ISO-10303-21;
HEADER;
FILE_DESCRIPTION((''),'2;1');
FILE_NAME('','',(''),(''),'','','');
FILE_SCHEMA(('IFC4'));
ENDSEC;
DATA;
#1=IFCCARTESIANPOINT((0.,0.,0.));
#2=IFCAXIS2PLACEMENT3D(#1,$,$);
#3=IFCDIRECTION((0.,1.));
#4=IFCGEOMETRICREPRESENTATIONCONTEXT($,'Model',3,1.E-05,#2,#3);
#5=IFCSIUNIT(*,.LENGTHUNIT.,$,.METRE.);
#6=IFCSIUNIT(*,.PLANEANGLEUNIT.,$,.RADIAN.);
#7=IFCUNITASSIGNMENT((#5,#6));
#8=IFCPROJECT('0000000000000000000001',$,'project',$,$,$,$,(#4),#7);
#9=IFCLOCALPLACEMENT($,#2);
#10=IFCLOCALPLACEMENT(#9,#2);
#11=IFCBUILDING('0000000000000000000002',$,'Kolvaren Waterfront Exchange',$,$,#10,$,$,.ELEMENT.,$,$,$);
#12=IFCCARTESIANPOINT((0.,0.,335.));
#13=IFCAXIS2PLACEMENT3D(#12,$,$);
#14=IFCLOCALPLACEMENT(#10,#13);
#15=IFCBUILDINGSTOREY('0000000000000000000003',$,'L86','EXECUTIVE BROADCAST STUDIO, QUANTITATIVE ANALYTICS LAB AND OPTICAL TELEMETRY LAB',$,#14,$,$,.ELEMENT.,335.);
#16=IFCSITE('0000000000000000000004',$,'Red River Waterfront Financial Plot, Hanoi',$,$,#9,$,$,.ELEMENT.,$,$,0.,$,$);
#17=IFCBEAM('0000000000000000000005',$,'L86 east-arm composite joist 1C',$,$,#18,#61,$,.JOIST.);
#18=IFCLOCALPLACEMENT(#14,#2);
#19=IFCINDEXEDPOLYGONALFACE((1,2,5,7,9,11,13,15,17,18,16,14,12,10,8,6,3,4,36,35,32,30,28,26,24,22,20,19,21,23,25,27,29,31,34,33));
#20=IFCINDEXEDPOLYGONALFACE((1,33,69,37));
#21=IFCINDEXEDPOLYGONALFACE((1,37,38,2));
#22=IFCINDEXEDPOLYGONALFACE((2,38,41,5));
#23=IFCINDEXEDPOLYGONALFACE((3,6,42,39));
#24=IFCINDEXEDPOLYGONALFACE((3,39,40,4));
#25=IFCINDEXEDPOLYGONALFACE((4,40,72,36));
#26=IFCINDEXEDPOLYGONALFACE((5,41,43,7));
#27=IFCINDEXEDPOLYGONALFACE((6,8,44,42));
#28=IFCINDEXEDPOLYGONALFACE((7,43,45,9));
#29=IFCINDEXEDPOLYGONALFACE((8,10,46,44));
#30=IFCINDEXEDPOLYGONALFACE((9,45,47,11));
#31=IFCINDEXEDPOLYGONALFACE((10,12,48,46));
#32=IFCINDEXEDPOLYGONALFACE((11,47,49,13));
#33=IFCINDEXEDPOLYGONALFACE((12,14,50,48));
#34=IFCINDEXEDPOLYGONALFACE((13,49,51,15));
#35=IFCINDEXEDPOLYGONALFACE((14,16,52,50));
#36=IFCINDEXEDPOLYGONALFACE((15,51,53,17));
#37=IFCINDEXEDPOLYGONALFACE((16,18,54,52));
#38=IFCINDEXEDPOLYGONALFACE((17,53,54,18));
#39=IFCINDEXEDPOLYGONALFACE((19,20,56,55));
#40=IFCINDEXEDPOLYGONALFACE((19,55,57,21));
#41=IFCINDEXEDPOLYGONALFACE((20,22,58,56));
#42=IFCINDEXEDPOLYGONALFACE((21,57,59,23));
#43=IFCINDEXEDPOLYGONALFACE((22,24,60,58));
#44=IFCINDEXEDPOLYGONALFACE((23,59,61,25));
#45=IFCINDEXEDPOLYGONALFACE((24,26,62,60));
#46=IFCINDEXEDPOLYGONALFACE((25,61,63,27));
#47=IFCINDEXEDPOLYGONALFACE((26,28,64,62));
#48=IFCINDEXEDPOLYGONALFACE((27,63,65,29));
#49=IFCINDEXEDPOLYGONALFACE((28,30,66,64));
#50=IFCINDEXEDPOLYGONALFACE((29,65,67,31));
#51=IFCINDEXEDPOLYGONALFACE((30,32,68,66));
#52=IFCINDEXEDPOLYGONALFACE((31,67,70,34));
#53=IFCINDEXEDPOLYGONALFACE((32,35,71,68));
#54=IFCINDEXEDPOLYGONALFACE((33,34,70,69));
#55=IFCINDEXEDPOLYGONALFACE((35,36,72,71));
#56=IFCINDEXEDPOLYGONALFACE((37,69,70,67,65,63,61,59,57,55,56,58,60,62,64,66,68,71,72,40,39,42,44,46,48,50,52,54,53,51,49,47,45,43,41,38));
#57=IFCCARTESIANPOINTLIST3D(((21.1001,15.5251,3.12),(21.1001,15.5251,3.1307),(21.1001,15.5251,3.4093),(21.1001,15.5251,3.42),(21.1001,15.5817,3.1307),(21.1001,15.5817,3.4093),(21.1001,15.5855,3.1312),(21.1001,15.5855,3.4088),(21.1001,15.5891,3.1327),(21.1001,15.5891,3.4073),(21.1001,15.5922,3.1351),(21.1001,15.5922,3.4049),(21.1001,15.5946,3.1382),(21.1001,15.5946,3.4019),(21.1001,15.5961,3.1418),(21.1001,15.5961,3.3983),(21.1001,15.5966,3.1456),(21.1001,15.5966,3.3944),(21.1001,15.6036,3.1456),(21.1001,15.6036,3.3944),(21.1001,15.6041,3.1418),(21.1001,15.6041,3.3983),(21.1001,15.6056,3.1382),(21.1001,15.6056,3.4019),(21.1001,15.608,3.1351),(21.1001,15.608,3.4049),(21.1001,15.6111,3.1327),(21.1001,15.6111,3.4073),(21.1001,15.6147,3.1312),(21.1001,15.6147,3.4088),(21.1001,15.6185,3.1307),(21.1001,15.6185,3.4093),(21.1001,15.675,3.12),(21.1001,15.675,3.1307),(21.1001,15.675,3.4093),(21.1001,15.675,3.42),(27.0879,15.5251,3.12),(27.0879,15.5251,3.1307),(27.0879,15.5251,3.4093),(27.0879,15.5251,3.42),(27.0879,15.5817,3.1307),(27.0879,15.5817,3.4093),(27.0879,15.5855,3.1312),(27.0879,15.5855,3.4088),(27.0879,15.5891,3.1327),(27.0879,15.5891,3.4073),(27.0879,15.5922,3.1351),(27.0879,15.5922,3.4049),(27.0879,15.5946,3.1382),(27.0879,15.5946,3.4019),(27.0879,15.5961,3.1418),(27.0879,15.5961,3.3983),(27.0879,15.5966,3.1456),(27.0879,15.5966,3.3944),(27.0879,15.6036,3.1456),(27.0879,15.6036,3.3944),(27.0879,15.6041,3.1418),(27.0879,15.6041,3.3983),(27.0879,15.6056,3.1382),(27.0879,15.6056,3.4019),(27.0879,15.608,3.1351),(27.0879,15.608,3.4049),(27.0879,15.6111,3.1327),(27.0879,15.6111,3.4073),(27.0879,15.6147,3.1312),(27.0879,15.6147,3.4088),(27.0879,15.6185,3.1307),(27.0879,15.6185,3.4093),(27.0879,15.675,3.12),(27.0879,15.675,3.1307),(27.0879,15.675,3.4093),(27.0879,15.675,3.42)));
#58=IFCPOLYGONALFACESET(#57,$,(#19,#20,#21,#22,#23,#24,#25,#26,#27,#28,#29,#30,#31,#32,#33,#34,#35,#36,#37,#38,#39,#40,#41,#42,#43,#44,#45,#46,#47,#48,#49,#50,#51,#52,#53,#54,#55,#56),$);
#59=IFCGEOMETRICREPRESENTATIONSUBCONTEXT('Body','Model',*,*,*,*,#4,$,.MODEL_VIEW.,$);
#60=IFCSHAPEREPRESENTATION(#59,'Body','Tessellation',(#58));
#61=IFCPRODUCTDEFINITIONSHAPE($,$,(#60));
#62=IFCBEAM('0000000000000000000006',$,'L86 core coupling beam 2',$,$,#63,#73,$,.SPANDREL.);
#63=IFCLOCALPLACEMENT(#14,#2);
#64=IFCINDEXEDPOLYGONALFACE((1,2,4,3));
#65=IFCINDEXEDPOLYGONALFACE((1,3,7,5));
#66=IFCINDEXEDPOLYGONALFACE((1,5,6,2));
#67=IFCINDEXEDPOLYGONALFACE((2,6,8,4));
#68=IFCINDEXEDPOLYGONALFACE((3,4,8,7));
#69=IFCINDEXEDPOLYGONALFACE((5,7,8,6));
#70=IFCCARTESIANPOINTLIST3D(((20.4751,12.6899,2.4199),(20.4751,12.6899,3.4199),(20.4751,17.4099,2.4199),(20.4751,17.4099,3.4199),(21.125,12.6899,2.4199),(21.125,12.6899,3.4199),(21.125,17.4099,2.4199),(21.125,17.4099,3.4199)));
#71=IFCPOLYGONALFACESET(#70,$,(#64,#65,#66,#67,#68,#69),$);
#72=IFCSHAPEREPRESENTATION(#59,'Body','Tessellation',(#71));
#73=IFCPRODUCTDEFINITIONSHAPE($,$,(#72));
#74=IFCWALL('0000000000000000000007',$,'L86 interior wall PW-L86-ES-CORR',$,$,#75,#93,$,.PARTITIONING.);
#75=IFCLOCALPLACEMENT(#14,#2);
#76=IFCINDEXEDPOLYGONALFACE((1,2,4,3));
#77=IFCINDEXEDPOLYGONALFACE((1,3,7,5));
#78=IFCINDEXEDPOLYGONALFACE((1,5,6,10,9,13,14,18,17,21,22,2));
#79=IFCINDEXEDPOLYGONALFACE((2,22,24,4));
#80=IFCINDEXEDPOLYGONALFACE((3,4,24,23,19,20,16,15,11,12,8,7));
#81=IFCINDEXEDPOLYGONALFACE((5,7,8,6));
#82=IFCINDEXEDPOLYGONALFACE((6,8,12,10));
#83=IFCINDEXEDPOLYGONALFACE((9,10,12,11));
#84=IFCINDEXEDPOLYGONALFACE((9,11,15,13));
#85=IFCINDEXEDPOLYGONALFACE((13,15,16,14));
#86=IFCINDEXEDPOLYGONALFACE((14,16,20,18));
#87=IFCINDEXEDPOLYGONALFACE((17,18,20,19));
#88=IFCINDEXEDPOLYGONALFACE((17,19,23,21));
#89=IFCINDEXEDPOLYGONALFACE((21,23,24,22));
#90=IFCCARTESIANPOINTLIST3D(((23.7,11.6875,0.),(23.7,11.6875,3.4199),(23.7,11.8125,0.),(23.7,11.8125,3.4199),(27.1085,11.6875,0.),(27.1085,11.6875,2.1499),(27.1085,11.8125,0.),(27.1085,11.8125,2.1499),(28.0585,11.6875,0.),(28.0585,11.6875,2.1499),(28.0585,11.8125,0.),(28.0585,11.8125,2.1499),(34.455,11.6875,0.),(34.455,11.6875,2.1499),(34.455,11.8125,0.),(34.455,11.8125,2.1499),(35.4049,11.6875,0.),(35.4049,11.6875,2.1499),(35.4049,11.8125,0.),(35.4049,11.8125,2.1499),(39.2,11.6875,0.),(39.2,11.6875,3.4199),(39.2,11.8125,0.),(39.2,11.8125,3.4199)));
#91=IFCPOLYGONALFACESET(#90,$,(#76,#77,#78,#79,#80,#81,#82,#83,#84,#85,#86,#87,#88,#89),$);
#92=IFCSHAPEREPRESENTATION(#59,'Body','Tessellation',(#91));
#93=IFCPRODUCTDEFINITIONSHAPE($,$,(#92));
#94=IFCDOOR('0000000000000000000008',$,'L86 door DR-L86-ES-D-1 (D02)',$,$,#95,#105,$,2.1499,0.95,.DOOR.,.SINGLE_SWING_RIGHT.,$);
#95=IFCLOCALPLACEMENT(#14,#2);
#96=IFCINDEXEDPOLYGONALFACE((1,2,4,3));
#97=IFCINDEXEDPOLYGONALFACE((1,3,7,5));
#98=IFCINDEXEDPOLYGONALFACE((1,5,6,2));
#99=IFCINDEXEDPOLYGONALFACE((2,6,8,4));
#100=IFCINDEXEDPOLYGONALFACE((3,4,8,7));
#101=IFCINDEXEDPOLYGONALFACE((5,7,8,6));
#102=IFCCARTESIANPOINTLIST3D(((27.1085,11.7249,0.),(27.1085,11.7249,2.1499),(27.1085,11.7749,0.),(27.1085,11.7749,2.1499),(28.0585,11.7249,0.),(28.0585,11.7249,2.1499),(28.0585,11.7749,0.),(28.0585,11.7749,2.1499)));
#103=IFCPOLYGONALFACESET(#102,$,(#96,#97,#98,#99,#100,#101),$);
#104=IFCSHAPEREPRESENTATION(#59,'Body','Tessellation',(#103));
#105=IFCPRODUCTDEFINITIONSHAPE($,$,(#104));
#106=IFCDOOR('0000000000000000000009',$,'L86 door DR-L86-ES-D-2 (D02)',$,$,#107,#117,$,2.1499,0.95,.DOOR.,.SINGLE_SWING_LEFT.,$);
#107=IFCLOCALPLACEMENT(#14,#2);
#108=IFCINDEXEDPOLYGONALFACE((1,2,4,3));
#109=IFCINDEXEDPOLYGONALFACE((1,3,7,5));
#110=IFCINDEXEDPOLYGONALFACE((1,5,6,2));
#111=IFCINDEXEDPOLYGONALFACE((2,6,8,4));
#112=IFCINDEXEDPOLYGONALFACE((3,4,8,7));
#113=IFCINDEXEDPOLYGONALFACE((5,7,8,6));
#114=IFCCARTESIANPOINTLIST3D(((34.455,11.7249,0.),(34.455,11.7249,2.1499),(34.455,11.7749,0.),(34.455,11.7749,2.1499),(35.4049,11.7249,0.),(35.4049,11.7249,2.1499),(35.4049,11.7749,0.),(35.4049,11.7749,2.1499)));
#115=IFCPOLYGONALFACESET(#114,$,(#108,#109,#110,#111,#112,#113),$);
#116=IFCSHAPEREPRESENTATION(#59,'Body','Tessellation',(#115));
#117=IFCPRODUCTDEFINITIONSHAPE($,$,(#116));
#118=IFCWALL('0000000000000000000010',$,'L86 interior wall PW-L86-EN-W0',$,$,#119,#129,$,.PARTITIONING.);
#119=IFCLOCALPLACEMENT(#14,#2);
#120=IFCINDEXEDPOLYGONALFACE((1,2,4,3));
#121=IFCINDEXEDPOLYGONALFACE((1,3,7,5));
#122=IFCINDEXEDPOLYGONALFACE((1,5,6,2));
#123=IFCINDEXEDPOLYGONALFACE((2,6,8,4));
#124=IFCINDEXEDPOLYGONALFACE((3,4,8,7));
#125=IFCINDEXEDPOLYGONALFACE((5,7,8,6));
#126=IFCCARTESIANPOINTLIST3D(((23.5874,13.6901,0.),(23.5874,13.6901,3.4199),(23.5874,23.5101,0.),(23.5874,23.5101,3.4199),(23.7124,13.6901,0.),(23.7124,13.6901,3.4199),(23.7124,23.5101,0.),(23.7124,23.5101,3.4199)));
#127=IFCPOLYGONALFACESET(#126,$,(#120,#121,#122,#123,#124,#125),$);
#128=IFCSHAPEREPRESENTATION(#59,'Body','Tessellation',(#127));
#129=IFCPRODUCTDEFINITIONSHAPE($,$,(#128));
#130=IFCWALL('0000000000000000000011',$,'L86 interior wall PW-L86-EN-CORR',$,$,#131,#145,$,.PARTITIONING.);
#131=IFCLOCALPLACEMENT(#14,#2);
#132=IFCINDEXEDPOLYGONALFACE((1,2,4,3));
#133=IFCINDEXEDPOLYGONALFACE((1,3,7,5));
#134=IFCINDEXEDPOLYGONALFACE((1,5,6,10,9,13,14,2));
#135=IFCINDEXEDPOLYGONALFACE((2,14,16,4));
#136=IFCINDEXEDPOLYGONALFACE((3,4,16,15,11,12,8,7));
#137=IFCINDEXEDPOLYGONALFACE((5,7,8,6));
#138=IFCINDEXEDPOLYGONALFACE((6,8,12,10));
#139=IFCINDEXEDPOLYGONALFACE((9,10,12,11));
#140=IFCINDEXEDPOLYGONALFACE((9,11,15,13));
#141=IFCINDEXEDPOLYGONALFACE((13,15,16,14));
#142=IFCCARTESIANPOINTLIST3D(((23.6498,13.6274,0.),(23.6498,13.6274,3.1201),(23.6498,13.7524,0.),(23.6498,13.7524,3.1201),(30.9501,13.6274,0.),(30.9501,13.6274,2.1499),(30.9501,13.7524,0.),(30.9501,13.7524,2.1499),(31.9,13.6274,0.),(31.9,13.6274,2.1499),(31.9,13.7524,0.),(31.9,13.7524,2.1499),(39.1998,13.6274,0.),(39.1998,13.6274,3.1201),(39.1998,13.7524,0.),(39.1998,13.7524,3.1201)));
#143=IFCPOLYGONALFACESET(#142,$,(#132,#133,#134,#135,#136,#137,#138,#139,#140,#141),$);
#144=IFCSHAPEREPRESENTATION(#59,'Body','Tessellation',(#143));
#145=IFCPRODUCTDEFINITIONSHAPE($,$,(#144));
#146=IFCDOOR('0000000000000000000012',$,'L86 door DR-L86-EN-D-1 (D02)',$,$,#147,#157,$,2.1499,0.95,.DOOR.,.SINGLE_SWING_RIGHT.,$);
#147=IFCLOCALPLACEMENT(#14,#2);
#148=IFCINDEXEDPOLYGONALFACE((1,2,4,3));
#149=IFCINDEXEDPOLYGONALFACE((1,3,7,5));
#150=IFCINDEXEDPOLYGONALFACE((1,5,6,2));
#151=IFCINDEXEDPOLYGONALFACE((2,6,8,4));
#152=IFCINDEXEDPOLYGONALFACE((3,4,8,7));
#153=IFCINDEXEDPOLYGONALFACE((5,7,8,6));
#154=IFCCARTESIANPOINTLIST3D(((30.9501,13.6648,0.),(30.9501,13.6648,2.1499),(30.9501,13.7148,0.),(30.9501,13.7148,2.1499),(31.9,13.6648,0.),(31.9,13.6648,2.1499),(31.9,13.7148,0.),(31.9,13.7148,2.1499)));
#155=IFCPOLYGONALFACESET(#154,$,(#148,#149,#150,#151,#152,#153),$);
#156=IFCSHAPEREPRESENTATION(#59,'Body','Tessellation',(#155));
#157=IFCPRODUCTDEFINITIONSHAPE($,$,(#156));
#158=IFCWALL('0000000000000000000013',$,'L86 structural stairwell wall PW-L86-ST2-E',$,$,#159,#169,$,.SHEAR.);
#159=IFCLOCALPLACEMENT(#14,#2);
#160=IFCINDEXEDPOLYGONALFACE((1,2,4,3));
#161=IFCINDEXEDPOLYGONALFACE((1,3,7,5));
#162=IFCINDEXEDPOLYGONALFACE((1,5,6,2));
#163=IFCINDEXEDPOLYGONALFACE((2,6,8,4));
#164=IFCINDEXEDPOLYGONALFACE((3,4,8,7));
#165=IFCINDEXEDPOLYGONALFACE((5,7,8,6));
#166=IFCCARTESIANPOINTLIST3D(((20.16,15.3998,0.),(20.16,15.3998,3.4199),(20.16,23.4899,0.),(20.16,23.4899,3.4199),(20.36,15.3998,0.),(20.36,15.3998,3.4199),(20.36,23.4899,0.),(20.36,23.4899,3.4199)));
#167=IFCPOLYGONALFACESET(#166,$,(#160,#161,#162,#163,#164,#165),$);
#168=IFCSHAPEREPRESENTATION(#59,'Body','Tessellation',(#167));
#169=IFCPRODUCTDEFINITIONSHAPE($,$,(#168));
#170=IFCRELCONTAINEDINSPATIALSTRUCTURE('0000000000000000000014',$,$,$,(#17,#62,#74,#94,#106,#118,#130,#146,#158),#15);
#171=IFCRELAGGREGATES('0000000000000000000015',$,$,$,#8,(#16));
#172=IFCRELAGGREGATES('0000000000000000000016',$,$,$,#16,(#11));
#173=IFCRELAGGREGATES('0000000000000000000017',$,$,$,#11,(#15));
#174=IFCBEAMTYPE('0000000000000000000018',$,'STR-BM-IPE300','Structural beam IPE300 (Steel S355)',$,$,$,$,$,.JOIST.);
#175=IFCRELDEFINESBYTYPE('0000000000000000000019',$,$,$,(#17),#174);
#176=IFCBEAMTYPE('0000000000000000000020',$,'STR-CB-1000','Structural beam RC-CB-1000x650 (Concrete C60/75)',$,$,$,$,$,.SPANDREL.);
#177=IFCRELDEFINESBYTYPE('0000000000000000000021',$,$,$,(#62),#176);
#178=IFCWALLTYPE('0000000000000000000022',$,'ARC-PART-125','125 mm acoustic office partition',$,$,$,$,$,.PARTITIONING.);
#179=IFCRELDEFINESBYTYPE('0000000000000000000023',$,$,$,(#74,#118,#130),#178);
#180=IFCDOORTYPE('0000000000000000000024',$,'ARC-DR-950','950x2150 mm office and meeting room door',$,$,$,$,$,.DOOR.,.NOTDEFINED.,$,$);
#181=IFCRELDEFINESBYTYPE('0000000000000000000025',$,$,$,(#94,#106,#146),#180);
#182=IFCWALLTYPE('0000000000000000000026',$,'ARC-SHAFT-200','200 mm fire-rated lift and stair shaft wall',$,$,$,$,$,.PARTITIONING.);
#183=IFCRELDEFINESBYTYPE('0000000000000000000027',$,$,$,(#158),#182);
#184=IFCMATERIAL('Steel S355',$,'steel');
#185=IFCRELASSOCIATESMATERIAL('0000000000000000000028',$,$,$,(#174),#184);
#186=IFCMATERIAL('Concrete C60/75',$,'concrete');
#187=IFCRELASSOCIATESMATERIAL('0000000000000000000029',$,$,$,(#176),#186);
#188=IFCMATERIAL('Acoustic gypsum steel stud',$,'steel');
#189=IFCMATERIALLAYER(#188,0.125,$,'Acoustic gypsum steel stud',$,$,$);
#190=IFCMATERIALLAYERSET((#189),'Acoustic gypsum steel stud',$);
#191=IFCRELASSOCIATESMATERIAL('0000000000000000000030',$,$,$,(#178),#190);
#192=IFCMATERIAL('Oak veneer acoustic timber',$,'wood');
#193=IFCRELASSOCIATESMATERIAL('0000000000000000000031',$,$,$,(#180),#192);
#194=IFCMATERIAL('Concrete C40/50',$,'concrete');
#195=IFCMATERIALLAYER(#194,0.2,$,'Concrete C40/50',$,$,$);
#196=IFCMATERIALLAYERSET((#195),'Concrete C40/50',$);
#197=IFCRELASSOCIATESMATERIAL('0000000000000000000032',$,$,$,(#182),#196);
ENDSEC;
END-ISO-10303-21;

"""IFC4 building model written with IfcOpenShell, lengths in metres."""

from ifc_helpers import new_model, si_unit, direction, frame, frame_2d, origin, origin_2d, place, context, subcontext, project, spatial, rectangle, i_section, extrude, material, layer, layer_set, material_profile, profile_set, type_object, element, fill, save


model = new_model("IFC4")

# Units and contexts
model_context = context("Model", 3, precision=1e-05, world=origin(), true_north=direction((0.0, 1.0)))
body_context = subcontext(model_context, "Body", "Model", "MODEL_VIEW")
ifc_project = project(units=[si_unit("LENGTHUNIT", "METRE"), si_unit("PLANEANGLEUNIT", "RADIAN")], contexts=[model_context])

# Site, building, storey
site_placement = place(None, origin())
site = spatial("IfcSite", under=ifc_project, at=site_placement, Name="Red River Waterfront Financial Plot, Hanoi", CompositionType="ELEMENT", RefElevation=0.0)
building_placement = place(site_placement, origin())
building = spatial("IfcBuilding", under=site, at=building_placement, Name="Kolvaren Waterfront Exchange", CompositionType="ELEMENT")
storey_placement = place(building_placement, frame((0.0, 0.0, 335.0)))
storey = spatial("IfcBuildingStorey", under=building, at=storey_placement, Name="L86", Description="EXECUTIVE BROADCAST STUDIO, QUANTITATIVE ANALYTICS LAB AND OPTICAL TELEMETRY LAB", CompositionType="ELEMENT", Elevation=335.0)

# Beams
ifc_material_1 = material(Name="Steel S355", Category="steel")
ifc_material_profile_1 = material_profile(ifc_material_1, i_section(OverallWidth=0.1499, OverallDepth=0.3, WebThickness=0.0071, FlangeThickness=0.0107, FilletRadius=0.0149, at=origin_2d()), Name="IPE300")
ifc_profile_set_1 = profile_set([ifc_material_profile_1], Name="Steel S355")
beam_type_1 = type_object("IfcBeamType", Name="STR-BM-IPE300", Description="Structural beam IPE300 (Steel S355)", PredefinedType="JOIST", material=ifc_profile_set_1)
for number, where, z_axis, x_axis, name in (
    (1, (21.1001, 15.6001, 3.27), (1.0, 0.0, 0.0), (0.0, 1.0, 0.0), "L86 east-arm composite joist 1C"),
):
    element("IfcBeam", number, at=place(storey_placement, frame(where, z_axis=z_axis, x_axis=x_axis)), inside=storey, type_object=beam_type_1, Name=name, PredefinedType="JOIST", context=body_context, shape_type="SweptSolid", body=[
        extrude(i_section(OverallWidth=0.1499, OverallDepth=0.3, WebThickness=0.0071, FlangeThickness=0.0107, FilletRadius=0.0149, at=origin_2d()), origin(), (0.0, 0.0, 1.0), 5.9878),
    ])
ifc_material_2 = material(Name="Concrete C60/75", Category="concrete")
ifc_material_profile_2 = material_profile(ifc_material_2, rectangle(XDim=0.6499, YDim=1.0, at=origin_2d()), Name="RC-CB-1000x650")
ifc_profile_set_2 = profile_set([ifc_material_profile_2], Name="Concrete C60/75")
beam_type_2 = type_object("IfcBeamType", Name="STR-CB-1000", Description="Structural beam RC-CB-1000x650 (Concrete C60/75)", PredefinedType="SPANDREL", material=ifc_profile_set_2)
beam_1_placement = place(storey_placement, frame((20.8, 12.6899, 2.9199), z_axis=(0.0, 1.0, 0.0), x_axis=(-1.0, 0.0, 0.0)))
element("IfcBeam", 2, at=beam_1_placement, inside=storey, type_object=beam_type_2, Name="L86 core coupling beam 2", PredefinedType="SPANDREL", context=body_context, shape_type="SweptSolid", body=[
    extrude(rectangle(XDim=0.6499, YDim=1.0, at=origin_2d()), origin(), (0.0, 0.0, 1.0), 4.72),
])

# Shared definitions
ifc_material_3 = material(Name="Acoustic gypsum steel stud", Category="steel")
ifc_layer_1 = layer(ifc_material_3, 0.125, Name="Acoustic gypsum steel stud")
ifc_layer_set_1 = layer_set([ifc_layer_1], Name="Acoustic gypsum steel stud")
wall_type_1 = type_object("IfcWallType", Name="ARC-PART-125", Description="125 mm acoustic office partition", PredefinedType="PARTITIONING", material=ifc_layer_set_1)
ifc_material_4 = material(Name="Oak veneer acoustic timber", Category="wood")
door_type = type_object("IfcDoorType", Name="ARC-DR-950", Description="950x2150 mm office and meeting room door", OperationType="NOTDEFINED", PredefinedType="DOOR", material=ifc_material_4)

# Wall, openings, doors
wall_1_placement = place(storey_placement, frame((23.7, 11.75, 0.0), z_axis=(0.0, 0.0, 1.0), x_axis=(1.0, 0.0, 0.0)))
wall_1 = element("IfcWall", 3, at=wall_1_placement, inside=storey, type_object=wall_type_1, Name="L86 interior wall PW-L86-ES-CORR", PredefinedType="PARTITIONING", context=body_context, shape_type="SweptSolid", body=[
    extrude(rectangle(XDim=15.5, YDim=0.125, at=frame_2d((7.75, 0.0))), origin(), (0.0, 0.0, 1.0), 3.4199),
])
opening_1_placement = place(wall_1_placement, frame((3.4084, 0.0, 0.0)))
opening_1 = element("IfcOpeningElement", 4, at=opening_1_placement, cuts=wall_1, PredefinedType="OPENING", context=body_context, shape_type="SweptSolid", body=[
    extrude(rectangle(XDim=0.95, YDim=2.1499, at=frame_2d((0.4751, 1.075))), frame((0.0, 0.0725, 0.0), z_axis=(0.0, -1.0, 0.0), x_axis=(1.0, 0.0, 0.0)), (0.0, 0.0, 1.0), 0.145),
])
opening_2_placement = place(wall_1_placement, frame((10.7549, 0.0, 0.0)))
opening_2 = element("IfcOpeningElement", 5, at=opening_2_placement, cuts=wall_1, PredefinedType="OPENING", context=body_context, shape_type="SweptSolid", body=[
    extrude(rectangle(XDim=0.95, YDim=2.1499, at=frame_2d((0.4751, 1.075))), frame((0.0, 0.0725, 0.0), z_axis=(0.0, -1.0, 0.0), x_axis=(1.0, 0.0, 0.0)), (0.0, 0.0, 1.0), 0.145),
])
door_1_placement = place(opening_1_placement, origin())
door_1 = element("IfcDoor", 6, at=door_1_placement, inside=storey, type_object=door_type, Name="L86 door DR-L86-ES-D-1 (D02)", OperationType="SINGLE_SWING_RIGHT", OverallHeight=2.1499, OverallWidth=0.95, PredefinedType="DOOR", context=body_context, shape_type="SweptSolid", body=[
    extrude(rectangle(XDim=0.95, YDim=2.1499, at=frame_2d((0.4751, 1.075))), frame((0.0, 0.0249, 0.0), z_axis=(0.0, -1.0, 0.0), x_axis=(1.0, 0.0, 0.0)), (0.0, 0.0, 1.0), 0.05),
])
fill(opening_1, door_1)
door_2_placement = place(opening_2_placement, origin())
door_2 = element("IfcDoor", 7, at=door_2_placement, inside=storey, type_object=door_type, Name="L86 door DR-L86-ES-D-2 (D02)", OperationType="SINGLE_SWING_LEFT", OverallHeight=2.1499, OverallWidth=0.95, PredefinedType="DOOR", context=body_context, shape_type="SweptSolid", body=[
    extrude(rectangle(XDim=0.95, YDim=2.1499, at=frame_2d((0.4751, 1.075))), frame((0.0, 0.0249, 0.0), z_axis=(0.0, -1.0, 0.0), x_axis=(1.0, 0.0, 0.0)), (0.0, 0.0, 1.0), 0.05),
])
fill(opening_2, door_2)

# Wall
wall_2_placement = place(storey_placement, frame((23.6499, 13.6899, 0.0), z_axis=(0.0, 0.0, 1.0), x_axis=(0.0, 1.0, 0.0)))
element("IfcWall", 8, at=wall_2_placement, inside=storey, type_object=wall_type_1, Name="L86 interior wall PW-L86-EN-W0", PredefinedType="PARTITIONING", context=body_context, shape_type="SweptSolid", body=[
    extrude(rectangle(XDim=9.8201, YDim=0.125, at=frame_2d((4.9102, 0.0))), origin(), (0.0, 0.0, 1.0), 3.4199),
])

# Wall, opening, door
wall_3_placement = place(storey_placement, frame((23.6499, 13.6899, 0.0), z_axis=(0.0, 0.0, 1.0), x_axis=(1.0, 0.0, 0.0)))
wall_3 = element("IfcWall", 9, at=wall_3_placement, inside=storey, type_object=wall_type_1, Name="L86 interior wall PW-L86-EN-CORR", PredefinedType="PARTITIONING", context=body_context, shape_type="SweptSolid", body=[
    extrude(rectangle(XDim=15.55, YDim=0.125, at=frame_2d((7.7749, 0.0))), origin(), (0.0, 0.0, 1.0), 3.1201),
])
opening_3_placement = place(wall_3_placement, frame((7.3, 0.0, 0.0)))
opening_3 = element("IfcOpeningElement", 10, at=opening_3_placement, cuts=wall_3, PredefinedType="OPENING", context=body_context, shape_type="SweptSolid", body=[
    extrude(rectangle(XDim=0.95, YDim=2.1499, at=frame_2d((0.4751, 1.075))), frame((0.0, 0.0725, 0.0), z_axis=(0.0, -1.0, 0.0), x_axis=(1.0, 0.0, 0.0)), (0.0, 0.0, 1.0), 0.145),
])
door_3_placement = place(opening_3_placement, origin())
door_3 = element("IfcDoor", 11, at=door_3_placement, inside=storey, type_object=door_type, Name="L86 door DR-L86-EN-D-1 (D02)", OperationType="SINGLE_SWING_RIGHT", OverallHeight=2.1499, OverallWidth=0.95, PredefinedType="DOOR", context=body_context, shape_type="SweptSolid", body=[
    extrude(rectangle(XDim=0.95, YDim=2.1499, at=frame_2d((0.4751, 1.075))), frame((0.0, 0.0249, 0.0), z_axis=(0.0, -1.0, 0.0), x_axis=(1.0, 0.0, 0.0)), (0.0, 0.0, 1.0), 0.05),
])
fill(opening_3, door_3)

# Wall
ifc_material_5 = material(Name="Concrete C40/50", Category="concrete")
ifc_layer_2 = layer(ifc_material_5, 0.2, Name="Concrete C40/50")
ifc_layer_set_2 = layer_set([ifc_layer_2], Name="Concrete C40/50")
wall_type_2 = type_object("IfcWallType", Name="ARC-SHAFT-200", Description="200 mm fire-rated lift and stair shaft wall", PredefinedType="PARTITIONING", material=ifc_layer_set_2)
wall_4_placement = place(storey_placement, frame((20.26, 15.3999, 0.0), z_axis=(0.0, 0.0, 1.0), x_axis=(0.0, 1.0, 0.0)))
element("IfcWall", 12, at=wall_4_placement, inside=storey, type_object=wall_type_2, Name="L86 structural stairwell wall PW-L86-ST2-E", PredefinedType="SHEAR", context=body_context, shape_type="SweptSolid", body=[
    extrude(rectangle(XDim=8.0901, YDim=0.2, at=frame_2d((4.0449, 0.0))), origin(), (0.0, 0.0, 1.0), 3.4199),
])

save(model, "model.ifc")
